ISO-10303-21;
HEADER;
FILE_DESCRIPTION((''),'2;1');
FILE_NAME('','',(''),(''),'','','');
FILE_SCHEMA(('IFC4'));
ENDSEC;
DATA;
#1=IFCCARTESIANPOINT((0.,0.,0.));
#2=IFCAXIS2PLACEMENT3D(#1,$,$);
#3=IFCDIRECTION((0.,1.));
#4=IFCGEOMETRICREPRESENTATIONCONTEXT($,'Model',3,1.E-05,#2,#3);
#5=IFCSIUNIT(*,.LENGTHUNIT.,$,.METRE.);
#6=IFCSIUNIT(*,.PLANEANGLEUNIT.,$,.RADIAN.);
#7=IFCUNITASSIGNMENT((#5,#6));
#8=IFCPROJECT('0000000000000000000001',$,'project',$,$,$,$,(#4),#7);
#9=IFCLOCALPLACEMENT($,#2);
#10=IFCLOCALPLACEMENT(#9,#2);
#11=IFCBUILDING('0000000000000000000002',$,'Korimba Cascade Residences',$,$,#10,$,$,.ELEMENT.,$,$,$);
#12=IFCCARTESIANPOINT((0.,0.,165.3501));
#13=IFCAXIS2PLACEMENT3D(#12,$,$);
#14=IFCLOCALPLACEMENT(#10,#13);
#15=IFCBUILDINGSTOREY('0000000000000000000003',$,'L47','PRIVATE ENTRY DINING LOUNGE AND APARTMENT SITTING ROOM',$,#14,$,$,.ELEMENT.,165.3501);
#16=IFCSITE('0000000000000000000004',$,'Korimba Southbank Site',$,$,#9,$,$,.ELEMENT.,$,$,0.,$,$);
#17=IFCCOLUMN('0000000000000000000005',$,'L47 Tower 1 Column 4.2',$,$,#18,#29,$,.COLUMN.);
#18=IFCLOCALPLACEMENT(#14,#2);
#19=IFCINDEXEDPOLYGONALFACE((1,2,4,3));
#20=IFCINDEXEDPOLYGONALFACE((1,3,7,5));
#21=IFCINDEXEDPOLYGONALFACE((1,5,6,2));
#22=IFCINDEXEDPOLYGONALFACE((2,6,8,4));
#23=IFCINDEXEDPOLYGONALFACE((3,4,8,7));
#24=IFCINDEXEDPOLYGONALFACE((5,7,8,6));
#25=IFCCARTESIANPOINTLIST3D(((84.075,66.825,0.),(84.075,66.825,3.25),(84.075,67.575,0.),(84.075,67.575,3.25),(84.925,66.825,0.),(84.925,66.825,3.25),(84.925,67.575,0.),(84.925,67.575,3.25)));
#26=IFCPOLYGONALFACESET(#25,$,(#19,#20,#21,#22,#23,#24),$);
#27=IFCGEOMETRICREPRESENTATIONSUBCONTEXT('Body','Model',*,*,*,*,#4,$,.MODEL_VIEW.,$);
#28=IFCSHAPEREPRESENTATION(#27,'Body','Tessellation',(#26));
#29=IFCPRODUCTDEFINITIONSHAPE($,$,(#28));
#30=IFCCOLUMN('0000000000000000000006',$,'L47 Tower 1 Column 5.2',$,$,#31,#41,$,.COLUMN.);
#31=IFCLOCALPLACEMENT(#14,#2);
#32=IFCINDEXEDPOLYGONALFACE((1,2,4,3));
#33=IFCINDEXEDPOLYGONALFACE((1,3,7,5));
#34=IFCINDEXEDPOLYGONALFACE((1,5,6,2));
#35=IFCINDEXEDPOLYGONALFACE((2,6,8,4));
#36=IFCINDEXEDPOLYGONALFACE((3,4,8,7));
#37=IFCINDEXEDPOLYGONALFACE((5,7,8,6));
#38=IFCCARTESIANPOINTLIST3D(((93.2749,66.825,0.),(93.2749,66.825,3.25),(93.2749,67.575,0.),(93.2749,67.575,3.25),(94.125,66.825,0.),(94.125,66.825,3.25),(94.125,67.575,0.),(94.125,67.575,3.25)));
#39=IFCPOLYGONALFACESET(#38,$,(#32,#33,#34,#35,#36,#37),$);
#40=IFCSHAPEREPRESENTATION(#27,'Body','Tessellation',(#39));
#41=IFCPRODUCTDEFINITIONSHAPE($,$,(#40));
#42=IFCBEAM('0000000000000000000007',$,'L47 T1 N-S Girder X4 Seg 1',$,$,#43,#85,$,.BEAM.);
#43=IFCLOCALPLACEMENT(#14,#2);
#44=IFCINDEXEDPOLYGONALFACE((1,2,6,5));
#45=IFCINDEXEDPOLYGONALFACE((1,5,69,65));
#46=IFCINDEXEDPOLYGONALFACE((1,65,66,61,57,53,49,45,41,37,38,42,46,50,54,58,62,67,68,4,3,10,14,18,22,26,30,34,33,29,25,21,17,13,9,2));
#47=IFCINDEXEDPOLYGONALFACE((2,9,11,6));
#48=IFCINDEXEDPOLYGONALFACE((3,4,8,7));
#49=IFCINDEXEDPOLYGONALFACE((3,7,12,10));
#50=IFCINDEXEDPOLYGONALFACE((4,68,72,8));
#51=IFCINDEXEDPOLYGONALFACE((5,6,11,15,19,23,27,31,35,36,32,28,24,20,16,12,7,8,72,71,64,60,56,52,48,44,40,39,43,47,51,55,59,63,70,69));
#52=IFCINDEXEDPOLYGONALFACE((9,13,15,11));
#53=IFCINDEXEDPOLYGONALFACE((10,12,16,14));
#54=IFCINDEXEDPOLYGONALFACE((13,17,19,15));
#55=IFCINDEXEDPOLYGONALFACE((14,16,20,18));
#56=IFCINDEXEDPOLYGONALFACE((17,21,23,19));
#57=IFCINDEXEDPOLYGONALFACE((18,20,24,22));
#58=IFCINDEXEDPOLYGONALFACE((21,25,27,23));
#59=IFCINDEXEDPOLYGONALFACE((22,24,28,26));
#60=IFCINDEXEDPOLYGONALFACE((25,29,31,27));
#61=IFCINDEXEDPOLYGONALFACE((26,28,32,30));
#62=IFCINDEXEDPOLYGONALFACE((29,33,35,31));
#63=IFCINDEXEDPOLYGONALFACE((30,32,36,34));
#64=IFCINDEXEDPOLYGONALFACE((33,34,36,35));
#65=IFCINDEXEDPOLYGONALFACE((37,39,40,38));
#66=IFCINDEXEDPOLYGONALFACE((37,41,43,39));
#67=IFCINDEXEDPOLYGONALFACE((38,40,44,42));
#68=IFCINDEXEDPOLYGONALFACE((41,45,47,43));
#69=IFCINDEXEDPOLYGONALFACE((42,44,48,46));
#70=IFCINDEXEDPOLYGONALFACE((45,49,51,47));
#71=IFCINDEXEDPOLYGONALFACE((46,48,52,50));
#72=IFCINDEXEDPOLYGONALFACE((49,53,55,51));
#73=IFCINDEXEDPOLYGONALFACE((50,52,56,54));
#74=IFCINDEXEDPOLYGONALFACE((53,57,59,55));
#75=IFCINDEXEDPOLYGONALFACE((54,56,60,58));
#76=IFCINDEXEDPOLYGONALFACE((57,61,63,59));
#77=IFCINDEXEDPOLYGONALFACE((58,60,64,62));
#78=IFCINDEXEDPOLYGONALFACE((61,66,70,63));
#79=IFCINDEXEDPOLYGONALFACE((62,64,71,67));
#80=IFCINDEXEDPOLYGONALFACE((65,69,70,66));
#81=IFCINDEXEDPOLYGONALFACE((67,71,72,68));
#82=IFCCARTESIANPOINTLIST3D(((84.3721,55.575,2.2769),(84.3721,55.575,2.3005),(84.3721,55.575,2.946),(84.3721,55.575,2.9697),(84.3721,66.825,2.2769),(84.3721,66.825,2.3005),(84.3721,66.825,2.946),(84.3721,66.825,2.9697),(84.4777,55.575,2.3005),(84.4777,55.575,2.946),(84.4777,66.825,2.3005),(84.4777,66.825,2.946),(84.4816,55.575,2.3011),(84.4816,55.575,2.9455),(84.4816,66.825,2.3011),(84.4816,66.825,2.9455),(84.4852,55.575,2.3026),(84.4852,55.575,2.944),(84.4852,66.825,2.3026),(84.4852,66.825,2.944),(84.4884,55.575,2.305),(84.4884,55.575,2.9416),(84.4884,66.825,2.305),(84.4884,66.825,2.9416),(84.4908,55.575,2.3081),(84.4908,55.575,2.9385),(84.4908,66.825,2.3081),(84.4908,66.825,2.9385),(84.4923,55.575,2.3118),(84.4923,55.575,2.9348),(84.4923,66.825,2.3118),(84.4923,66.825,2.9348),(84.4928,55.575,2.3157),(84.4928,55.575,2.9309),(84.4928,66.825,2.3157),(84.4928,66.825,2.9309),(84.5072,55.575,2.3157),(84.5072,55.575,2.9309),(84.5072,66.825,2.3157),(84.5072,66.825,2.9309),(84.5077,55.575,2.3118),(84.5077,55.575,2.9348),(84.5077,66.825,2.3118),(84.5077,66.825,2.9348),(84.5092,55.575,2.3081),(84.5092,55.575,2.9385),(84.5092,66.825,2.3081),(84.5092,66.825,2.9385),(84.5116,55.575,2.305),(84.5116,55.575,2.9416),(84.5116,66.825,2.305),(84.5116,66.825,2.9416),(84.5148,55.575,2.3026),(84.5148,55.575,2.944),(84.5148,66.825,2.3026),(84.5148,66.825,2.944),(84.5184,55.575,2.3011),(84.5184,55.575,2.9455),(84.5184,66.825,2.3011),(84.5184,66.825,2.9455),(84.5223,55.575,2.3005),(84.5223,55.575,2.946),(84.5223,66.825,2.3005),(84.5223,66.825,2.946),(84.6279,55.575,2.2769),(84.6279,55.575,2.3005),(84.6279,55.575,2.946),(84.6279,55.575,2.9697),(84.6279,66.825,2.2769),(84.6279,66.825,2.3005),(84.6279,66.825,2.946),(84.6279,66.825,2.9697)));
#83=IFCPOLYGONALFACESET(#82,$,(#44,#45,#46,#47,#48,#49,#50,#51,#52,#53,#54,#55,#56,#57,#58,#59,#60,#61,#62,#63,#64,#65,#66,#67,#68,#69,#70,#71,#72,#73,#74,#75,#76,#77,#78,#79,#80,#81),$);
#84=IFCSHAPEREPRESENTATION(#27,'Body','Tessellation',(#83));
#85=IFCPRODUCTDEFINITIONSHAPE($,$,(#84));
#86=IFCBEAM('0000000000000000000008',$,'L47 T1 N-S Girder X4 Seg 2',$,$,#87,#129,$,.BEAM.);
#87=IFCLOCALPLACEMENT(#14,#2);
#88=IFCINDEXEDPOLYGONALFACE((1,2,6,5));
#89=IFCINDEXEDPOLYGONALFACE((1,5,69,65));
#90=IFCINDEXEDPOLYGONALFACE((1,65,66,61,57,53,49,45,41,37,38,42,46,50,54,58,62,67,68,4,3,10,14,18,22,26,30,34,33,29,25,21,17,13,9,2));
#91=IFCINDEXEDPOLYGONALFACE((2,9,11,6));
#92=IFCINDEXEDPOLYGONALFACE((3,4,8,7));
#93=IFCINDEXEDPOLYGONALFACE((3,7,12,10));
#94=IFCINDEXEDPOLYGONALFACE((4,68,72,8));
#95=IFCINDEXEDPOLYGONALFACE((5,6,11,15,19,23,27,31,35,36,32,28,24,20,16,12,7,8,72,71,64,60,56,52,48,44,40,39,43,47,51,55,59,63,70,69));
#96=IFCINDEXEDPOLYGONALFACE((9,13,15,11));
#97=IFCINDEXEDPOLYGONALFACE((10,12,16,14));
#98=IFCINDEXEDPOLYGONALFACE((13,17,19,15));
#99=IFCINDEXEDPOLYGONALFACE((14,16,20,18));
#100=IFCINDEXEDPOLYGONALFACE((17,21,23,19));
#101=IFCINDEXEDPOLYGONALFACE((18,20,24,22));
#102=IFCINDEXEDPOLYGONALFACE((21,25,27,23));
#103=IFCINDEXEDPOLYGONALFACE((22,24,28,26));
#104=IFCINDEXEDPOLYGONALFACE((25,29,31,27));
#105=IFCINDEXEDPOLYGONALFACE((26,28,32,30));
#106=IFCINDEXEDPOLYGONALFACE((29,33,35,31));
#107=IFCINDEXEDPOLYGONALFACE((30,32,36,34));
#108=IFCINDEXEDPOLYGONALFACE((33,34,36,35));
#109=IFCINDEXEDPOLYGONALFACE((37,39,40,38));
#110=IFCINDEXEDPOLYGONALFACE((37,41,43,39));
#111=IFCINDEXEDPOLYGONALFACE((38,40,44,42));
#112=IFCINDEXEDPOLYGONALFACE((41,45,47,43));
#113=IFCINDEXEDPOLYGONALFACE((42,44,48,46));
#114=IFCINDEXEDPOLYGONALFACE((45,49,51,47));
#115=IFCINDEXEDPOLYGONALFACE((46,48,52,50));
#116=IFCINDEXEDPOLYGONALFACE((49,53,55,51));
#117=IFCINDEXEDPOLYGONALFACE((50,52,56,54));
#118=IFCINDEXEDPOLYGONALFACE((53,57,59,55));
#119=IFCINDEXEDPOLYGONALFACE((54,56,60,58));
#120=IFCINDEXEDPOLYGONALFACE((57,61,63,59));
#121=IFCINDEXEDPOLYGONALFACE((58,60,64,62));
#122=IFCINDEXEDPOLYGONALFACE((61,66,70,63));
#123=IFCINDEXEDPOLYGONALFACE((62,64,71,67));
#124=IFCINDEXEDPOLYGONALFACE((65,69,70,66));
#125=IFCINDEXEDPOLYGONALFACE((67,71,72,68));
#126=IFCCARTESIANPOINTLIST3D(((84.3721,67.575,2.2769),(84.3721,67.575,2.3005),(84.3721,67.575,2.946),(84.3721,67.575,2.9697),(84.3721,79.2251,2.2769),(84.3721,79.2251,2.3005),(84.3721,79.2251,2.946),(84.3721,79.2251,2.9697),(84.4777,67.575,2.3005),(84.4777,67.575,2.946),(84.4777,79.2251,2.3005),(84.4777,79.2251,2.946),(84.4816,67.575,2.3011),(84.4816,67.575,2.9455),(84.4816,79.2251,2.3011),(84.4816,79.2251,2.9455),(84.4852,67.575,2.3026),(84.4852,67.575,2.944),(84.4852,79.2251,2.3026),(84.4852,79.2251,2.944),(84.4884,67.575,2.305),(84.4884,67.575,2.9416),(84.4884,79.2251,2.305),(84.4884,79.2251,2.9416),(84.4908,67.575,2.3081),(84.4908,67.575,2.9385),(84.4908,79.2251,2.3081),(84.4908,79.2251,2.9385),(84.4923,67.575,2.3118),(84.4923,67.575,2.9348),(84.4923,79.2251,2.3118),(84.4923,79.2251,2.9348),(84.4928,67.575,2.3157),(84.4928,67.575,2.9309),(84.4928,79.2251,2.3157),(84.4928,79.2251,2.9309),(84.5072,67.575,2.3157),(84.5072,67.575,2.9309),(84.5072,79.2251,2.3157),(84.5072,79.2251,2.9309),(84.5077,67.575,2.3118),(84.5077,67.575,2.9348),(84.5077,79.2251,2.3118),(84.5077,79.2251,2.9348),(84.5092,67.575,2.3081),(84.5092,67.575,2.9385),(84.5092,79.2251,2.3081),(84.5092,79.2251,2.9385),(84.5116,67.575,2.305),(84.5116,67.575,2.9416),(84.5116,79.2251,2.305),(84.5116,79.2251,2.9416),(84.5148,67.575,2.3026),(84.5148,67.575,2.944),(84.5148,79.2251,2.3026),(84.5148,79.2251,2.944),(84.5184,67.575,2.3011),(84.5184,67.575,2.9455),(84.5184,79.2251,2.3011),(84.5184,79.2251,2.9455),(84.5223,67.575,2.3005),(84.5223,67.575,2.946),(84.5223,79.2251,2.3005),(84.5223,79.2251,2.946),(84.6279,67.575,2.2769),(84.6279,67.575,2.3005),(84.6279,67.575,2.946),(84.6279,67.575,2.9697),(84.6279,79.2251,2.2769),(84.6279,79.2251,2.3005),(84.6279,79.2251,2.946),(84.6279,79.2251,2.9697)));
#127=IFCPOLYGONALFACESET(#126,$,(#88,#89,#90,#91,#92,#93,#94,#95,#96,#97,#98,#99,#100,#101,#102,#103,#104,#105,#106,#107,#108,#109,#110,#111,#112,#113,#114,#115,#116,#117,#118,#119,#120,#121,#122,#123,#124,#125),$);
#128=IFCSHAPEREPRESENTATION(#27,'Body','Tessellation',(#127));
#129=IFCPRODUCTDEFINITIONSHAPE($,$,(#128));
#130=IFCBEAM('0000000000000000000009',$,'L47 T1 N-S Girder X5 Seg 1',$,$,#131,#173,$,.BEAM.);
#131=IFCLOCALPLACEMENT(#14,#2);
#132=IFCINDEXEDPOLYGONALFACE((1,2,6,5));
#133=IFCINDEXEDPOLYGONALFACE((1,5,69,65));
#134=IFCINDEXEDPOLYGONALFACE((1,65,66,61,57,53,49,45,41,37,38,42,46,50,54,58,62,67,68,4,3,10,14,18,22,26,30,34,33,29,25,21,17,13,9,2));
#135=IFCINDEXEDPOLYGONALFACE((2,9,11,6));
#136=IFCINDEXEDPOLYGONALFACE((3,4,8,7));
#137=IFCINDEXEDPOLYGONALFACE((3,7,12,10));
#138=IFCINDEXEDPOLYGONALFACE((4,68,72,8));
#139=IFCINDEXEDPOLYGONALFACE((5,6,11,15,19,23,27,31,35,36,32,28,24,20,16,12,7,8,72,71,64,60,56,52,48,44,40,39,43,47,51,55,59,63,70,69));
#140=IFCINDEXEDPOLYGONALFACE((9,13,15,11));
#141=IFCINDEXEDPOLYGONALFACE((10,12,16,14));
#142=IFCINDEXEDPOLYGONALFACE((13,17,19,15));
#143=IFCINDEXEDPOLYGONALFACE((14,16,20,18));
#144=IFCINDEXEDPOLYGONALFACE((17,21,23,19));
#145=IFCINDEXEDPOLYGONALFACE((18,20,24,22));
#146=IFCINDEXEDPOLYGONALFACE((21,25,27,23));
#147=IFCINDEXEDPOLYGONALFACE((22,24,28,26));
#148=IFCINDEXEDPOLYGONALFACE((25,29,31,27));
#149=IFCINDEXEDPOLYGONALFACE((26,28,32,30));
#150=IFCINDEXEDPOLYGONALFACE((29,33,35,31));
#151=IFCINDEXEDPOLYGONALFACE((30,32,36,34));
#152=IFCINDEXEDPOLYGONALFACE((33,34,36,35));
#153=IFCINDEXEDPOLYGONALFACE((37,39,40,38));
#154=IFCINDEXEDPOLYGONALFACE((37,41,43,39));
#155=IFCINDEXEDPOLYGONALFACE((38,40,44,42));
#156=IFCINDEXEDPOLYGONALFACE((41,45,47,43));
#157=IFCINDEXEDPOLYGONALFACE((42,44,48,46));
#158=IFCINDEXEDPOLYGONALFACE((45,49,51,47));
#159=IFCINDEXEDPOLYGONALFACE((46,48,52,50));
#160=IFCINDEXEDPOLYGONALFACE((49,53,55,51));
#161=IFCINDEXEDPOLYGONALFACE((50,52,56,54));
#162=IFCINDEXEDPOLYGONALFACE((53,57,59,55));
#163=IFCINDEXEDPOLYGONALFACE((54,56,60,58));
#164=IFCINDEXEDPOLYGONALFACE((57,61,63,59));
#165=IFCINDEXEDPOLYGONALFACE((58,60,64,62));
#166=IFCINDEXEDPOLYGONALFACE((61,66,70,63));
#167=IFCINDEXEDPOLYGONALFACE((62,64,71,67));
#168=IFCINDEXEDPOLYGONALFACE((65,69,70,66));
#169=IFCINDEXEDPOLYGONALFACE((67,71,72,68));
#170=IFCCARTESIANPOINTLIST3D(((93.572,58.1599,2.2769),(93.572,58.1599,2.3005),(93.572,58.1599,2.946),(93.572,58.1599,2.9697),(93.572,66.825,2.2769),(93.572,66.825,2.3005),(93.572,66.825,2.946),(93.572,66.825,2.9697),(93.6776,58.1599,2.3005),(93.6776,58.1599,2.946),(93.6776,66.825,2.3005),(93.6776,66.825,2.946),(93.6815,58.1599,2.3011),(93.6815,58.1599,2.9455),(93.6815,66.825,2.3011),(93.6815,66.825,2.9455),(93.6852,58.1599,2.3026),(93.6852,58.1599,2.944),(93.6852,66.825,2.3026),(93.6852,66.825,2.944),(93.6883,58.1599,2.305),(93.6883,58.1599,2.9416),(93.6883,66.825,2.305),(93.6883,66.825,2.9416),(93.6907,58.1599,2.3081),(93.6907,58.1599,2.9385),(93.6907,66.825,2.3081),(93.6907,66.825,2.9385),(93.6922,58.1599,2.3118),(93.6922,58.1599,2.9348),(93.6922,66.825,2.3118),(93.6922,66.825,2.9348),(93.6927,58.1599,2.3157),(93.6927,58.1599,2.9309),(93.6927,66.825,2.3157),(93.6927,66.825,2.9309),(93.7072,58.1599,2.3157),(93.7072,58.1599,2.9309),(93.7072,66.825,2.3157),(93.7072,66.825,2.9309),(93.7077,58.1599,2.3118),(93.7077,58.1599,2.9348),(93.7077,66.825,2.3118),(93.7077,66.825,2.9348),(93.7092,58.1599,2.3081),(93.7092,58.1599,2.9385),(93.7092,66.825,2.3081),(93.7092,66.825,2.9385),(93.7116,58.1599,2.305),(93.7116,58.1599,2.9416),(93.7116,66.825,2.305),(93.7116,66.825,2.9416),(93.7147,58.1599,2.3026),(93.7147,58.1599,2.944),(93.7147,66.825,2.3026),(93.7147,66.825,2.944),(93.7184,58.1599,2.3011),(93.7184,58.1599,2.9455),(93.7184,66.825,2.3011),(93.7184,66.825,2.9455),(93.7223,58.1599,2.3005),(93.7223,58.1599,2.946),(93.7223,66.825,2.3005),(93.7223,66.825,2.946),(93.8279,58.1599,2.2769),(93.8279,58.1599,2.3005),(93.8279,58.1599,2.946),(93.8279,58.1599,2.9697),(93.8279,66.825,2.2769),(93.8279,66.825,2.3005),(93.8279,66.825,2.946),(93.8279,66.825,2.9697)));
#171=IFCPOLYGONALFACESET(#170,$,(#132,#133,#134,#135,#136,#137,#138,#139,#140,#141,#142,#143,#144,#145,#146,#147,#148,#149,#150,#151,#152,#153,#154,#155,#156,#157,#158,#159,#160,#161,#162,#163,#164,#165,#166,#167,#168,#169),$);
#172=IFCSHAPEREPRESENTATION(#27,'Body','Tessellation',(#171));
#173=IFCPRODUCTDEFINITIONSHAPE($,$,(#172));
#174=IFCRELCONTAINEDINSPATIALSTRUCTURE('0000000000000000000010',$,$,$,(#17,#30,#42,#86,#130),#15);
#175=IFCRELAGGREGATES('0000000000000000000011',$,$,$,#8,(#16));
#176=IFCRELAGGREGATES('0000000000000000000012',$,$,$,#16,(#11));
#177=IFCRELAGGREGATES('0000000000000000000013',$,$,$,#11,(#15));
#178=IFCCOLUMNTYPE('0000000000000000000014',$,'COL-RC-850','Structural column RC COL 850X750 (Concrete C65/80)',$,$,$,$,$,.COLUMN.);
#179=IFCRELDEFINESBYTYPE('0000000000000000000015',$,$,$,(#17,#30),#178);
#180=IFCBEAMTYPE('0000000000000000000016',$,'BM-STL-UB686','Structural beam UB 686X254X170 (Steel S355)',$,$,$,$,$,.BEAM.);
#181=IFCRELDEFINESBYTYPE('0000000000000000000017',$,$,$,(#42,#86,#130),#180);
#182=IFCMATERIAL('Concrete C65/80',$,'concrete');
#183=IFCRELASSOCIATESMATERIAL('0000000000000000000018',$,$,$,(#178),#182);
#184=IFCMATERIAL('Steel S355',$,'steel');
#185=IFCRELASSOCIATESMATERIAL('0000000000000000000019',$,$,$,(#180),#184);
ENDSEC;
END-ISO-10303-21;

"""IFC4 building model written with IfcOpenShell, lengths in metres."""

from ifc_helpers import new_model, si_unit, direction, frame, origin, origin_2d, place, context, subcontext, project, spatial, rectangle, i_section, extrude, material, material_profile, profile_set, type_object, element, save


model = new_model("IFC4")

# Units and contexts
model_context = context("Model", 3, precision=1e-05, world=origin(), true_north=direction((0.0, 1.0)))
body_context = subcontext(model_context, "Body", "Model", "MODEL_VIEW")
ifc_project = project(units=[si_unit("LENGTHUNIT", "METRE"), si_unit("PLANEANGLEUNIT", "RADIAN")], contexts=[model_context])

# Site, building, storey
site_placement = place(None, origin())
site = spatial("IfcSite", under=ifc_project, at=site_placement, Name="Korimba Southbank Site", CompositionType="ELEMENT", RefElevation=0.0)
building_placement = place(site_placement, origin())
building = spatial("IfcBuilding", under=site, at=building_placement, Name="Korimba Cascade Residences", CompositionType="ELEMENT")
storey_placement = place(building_placement, frame((0.0, 0.0, 165.3501)))
storey = spatial("IfcBuildingStorey", under=building, at=storey_placement, Name="L47", Description="PRIVATE ENTRY DINING LOUNGE AND APARTMENT SITTING ROOM", CompositionType="ELEMENT", Elevation=165.3501)

# Columns
ifc_material_1 = material(Name="Concrete C65/80", Category="concrete")
ifc_material_profile_1 = material_profile(ifc_material_1, rectangle(XDim=0.8501, YDim=0.75, at=origin_2d()), Name="Concrete C65/80")
ifc_profile_set_1 = profile_set([ifc_material_profile_1], Name="Concrete C65/80")
column_type = type_object("IfcColumnType", Name="COL-RC-850", Description="Structural column RC COL 850X750 (Concrete C65/80)", PredefinedType="COLUMN", material=ifc_profile_set_1)
for number, where, z_axis, x_axis, name in (
    (1, (84.5, 67.2, 0.0), (0.0, 0.0, 1.0), (1.0, 0.0, 0.0), "L47 Tower 1 Column 4.2"),
    (2, (93.7, 67.2, 0.0), (0.0, 0.0, 1.0), (1.0, 0.0, 0.0), "L47 Tower 1 Column 5.2"),
):
    element("IfcColumn", number, at=place(storey_placement, frame(where, z_axis=z_axis, x_axis=x_axis)), inside=storey, type_object=column_type, Name=name, PredefinedType="COLUMN", context=body_context, shape_type="SweptSolid", body=[
        extrude(rectangle(XDim=0.8501, YDim=0.75, at=origin_2d()), origin(), (0.0, 0.0, 1.0), 3.25),
    ])

# Beams
ifc_material_2 = material(Name="Steel S355", Category="steel")
ifc_material_profile_2 = material_profile(ifc_material_2, i_section(OverallWidth=0.2559, OverallDepth=0.6929, WebThickness=0.0144, FlangeThickness=0.0237, FilletRadius=0.0151, at=origin_2d()), Name="Steel S355")
ifc_profile_set_2 = profile_set([ifc_material_profile_2], Name="Steel S355")
beam_type = type_object("IfcBeamType", Name="BM-STL-UB686", Description="Structural beam UB 686X254X170 (Steel S355)", PredefinedType="BEAM", material=ifc_profile_set_2)
beam_1_placement = place(storey_placement, frame((84.5, 55.575, 2.6233), z_axis=(0.0, 1.0, 0.0), x_axis=(-1.0, 0.0, 0.0)))
element("IfcBeam", 3, at=beam_1_placement, inside=storey, type_object=beam_type, Name="L47 T1 N-S Girder X4 Seg 1", PredefinedType="BEAM", context=body_context, shape_type="SweptSolid", body=[
    extrude(i_section(OverallWidth=0.2559, OverallDepth=0.6929, WebThickness=0.0144, FlangeThickness=0.0237, FilletRadius=0.0151, at=origin_2d()), origin(), (0.0, 0.0, 1.0), 11.25),
])
beam_2_placement = place(storey_placement, frame((84.5, 67.575, 2.6233), z_axis=(0.0, 1.0, 0.0), x_axis=(-1.0, 0.0, 0.0)))
element("IfcBeam", 4, at=beam_2_placement, inside=storey, type_object=beam_type, Name="L47 T1 N-S Girder X4 Seg 2", PredefinedType="BEAM", context=body_context, shape_type="SweptSolid", body=[
    extrude(i_section(OverallWidth=0.2559, OverallDepth=0.6929, WebThickness=0.0144, FlangeThickness=0.0237, FilletRadius=0.0151, at=origin_2d()), origin(), (0.0, 0.0, 1.0), 11.6501),
])
beam_3_placement = place(storey_placement, frame((93.7, 58.1599, 2.6233), z_axis=(0.0, 1.0, 0.0), x_axis=(-1.0, 0.0, 0.0)))
element("IfcBeam", 5, at=beam_3_placement, inside=storey, type_object=beam_type, Name="L47 T1 N-S Girder X5 Seg 1", PredefinedType="BEAM", context=body_context, shape_type="SweptSolid", body=[
    extrude(i_section(OverallWidth=0.2559, OverallDepth=0.6929, WebThickness=0.0144, FlangeThickness=0.0237, FilletRadius=0.0151, at=origin_2d()), origin(), (0.0, 0.0, 1.0), 8.665),
])

save(model, "model.ifc")
